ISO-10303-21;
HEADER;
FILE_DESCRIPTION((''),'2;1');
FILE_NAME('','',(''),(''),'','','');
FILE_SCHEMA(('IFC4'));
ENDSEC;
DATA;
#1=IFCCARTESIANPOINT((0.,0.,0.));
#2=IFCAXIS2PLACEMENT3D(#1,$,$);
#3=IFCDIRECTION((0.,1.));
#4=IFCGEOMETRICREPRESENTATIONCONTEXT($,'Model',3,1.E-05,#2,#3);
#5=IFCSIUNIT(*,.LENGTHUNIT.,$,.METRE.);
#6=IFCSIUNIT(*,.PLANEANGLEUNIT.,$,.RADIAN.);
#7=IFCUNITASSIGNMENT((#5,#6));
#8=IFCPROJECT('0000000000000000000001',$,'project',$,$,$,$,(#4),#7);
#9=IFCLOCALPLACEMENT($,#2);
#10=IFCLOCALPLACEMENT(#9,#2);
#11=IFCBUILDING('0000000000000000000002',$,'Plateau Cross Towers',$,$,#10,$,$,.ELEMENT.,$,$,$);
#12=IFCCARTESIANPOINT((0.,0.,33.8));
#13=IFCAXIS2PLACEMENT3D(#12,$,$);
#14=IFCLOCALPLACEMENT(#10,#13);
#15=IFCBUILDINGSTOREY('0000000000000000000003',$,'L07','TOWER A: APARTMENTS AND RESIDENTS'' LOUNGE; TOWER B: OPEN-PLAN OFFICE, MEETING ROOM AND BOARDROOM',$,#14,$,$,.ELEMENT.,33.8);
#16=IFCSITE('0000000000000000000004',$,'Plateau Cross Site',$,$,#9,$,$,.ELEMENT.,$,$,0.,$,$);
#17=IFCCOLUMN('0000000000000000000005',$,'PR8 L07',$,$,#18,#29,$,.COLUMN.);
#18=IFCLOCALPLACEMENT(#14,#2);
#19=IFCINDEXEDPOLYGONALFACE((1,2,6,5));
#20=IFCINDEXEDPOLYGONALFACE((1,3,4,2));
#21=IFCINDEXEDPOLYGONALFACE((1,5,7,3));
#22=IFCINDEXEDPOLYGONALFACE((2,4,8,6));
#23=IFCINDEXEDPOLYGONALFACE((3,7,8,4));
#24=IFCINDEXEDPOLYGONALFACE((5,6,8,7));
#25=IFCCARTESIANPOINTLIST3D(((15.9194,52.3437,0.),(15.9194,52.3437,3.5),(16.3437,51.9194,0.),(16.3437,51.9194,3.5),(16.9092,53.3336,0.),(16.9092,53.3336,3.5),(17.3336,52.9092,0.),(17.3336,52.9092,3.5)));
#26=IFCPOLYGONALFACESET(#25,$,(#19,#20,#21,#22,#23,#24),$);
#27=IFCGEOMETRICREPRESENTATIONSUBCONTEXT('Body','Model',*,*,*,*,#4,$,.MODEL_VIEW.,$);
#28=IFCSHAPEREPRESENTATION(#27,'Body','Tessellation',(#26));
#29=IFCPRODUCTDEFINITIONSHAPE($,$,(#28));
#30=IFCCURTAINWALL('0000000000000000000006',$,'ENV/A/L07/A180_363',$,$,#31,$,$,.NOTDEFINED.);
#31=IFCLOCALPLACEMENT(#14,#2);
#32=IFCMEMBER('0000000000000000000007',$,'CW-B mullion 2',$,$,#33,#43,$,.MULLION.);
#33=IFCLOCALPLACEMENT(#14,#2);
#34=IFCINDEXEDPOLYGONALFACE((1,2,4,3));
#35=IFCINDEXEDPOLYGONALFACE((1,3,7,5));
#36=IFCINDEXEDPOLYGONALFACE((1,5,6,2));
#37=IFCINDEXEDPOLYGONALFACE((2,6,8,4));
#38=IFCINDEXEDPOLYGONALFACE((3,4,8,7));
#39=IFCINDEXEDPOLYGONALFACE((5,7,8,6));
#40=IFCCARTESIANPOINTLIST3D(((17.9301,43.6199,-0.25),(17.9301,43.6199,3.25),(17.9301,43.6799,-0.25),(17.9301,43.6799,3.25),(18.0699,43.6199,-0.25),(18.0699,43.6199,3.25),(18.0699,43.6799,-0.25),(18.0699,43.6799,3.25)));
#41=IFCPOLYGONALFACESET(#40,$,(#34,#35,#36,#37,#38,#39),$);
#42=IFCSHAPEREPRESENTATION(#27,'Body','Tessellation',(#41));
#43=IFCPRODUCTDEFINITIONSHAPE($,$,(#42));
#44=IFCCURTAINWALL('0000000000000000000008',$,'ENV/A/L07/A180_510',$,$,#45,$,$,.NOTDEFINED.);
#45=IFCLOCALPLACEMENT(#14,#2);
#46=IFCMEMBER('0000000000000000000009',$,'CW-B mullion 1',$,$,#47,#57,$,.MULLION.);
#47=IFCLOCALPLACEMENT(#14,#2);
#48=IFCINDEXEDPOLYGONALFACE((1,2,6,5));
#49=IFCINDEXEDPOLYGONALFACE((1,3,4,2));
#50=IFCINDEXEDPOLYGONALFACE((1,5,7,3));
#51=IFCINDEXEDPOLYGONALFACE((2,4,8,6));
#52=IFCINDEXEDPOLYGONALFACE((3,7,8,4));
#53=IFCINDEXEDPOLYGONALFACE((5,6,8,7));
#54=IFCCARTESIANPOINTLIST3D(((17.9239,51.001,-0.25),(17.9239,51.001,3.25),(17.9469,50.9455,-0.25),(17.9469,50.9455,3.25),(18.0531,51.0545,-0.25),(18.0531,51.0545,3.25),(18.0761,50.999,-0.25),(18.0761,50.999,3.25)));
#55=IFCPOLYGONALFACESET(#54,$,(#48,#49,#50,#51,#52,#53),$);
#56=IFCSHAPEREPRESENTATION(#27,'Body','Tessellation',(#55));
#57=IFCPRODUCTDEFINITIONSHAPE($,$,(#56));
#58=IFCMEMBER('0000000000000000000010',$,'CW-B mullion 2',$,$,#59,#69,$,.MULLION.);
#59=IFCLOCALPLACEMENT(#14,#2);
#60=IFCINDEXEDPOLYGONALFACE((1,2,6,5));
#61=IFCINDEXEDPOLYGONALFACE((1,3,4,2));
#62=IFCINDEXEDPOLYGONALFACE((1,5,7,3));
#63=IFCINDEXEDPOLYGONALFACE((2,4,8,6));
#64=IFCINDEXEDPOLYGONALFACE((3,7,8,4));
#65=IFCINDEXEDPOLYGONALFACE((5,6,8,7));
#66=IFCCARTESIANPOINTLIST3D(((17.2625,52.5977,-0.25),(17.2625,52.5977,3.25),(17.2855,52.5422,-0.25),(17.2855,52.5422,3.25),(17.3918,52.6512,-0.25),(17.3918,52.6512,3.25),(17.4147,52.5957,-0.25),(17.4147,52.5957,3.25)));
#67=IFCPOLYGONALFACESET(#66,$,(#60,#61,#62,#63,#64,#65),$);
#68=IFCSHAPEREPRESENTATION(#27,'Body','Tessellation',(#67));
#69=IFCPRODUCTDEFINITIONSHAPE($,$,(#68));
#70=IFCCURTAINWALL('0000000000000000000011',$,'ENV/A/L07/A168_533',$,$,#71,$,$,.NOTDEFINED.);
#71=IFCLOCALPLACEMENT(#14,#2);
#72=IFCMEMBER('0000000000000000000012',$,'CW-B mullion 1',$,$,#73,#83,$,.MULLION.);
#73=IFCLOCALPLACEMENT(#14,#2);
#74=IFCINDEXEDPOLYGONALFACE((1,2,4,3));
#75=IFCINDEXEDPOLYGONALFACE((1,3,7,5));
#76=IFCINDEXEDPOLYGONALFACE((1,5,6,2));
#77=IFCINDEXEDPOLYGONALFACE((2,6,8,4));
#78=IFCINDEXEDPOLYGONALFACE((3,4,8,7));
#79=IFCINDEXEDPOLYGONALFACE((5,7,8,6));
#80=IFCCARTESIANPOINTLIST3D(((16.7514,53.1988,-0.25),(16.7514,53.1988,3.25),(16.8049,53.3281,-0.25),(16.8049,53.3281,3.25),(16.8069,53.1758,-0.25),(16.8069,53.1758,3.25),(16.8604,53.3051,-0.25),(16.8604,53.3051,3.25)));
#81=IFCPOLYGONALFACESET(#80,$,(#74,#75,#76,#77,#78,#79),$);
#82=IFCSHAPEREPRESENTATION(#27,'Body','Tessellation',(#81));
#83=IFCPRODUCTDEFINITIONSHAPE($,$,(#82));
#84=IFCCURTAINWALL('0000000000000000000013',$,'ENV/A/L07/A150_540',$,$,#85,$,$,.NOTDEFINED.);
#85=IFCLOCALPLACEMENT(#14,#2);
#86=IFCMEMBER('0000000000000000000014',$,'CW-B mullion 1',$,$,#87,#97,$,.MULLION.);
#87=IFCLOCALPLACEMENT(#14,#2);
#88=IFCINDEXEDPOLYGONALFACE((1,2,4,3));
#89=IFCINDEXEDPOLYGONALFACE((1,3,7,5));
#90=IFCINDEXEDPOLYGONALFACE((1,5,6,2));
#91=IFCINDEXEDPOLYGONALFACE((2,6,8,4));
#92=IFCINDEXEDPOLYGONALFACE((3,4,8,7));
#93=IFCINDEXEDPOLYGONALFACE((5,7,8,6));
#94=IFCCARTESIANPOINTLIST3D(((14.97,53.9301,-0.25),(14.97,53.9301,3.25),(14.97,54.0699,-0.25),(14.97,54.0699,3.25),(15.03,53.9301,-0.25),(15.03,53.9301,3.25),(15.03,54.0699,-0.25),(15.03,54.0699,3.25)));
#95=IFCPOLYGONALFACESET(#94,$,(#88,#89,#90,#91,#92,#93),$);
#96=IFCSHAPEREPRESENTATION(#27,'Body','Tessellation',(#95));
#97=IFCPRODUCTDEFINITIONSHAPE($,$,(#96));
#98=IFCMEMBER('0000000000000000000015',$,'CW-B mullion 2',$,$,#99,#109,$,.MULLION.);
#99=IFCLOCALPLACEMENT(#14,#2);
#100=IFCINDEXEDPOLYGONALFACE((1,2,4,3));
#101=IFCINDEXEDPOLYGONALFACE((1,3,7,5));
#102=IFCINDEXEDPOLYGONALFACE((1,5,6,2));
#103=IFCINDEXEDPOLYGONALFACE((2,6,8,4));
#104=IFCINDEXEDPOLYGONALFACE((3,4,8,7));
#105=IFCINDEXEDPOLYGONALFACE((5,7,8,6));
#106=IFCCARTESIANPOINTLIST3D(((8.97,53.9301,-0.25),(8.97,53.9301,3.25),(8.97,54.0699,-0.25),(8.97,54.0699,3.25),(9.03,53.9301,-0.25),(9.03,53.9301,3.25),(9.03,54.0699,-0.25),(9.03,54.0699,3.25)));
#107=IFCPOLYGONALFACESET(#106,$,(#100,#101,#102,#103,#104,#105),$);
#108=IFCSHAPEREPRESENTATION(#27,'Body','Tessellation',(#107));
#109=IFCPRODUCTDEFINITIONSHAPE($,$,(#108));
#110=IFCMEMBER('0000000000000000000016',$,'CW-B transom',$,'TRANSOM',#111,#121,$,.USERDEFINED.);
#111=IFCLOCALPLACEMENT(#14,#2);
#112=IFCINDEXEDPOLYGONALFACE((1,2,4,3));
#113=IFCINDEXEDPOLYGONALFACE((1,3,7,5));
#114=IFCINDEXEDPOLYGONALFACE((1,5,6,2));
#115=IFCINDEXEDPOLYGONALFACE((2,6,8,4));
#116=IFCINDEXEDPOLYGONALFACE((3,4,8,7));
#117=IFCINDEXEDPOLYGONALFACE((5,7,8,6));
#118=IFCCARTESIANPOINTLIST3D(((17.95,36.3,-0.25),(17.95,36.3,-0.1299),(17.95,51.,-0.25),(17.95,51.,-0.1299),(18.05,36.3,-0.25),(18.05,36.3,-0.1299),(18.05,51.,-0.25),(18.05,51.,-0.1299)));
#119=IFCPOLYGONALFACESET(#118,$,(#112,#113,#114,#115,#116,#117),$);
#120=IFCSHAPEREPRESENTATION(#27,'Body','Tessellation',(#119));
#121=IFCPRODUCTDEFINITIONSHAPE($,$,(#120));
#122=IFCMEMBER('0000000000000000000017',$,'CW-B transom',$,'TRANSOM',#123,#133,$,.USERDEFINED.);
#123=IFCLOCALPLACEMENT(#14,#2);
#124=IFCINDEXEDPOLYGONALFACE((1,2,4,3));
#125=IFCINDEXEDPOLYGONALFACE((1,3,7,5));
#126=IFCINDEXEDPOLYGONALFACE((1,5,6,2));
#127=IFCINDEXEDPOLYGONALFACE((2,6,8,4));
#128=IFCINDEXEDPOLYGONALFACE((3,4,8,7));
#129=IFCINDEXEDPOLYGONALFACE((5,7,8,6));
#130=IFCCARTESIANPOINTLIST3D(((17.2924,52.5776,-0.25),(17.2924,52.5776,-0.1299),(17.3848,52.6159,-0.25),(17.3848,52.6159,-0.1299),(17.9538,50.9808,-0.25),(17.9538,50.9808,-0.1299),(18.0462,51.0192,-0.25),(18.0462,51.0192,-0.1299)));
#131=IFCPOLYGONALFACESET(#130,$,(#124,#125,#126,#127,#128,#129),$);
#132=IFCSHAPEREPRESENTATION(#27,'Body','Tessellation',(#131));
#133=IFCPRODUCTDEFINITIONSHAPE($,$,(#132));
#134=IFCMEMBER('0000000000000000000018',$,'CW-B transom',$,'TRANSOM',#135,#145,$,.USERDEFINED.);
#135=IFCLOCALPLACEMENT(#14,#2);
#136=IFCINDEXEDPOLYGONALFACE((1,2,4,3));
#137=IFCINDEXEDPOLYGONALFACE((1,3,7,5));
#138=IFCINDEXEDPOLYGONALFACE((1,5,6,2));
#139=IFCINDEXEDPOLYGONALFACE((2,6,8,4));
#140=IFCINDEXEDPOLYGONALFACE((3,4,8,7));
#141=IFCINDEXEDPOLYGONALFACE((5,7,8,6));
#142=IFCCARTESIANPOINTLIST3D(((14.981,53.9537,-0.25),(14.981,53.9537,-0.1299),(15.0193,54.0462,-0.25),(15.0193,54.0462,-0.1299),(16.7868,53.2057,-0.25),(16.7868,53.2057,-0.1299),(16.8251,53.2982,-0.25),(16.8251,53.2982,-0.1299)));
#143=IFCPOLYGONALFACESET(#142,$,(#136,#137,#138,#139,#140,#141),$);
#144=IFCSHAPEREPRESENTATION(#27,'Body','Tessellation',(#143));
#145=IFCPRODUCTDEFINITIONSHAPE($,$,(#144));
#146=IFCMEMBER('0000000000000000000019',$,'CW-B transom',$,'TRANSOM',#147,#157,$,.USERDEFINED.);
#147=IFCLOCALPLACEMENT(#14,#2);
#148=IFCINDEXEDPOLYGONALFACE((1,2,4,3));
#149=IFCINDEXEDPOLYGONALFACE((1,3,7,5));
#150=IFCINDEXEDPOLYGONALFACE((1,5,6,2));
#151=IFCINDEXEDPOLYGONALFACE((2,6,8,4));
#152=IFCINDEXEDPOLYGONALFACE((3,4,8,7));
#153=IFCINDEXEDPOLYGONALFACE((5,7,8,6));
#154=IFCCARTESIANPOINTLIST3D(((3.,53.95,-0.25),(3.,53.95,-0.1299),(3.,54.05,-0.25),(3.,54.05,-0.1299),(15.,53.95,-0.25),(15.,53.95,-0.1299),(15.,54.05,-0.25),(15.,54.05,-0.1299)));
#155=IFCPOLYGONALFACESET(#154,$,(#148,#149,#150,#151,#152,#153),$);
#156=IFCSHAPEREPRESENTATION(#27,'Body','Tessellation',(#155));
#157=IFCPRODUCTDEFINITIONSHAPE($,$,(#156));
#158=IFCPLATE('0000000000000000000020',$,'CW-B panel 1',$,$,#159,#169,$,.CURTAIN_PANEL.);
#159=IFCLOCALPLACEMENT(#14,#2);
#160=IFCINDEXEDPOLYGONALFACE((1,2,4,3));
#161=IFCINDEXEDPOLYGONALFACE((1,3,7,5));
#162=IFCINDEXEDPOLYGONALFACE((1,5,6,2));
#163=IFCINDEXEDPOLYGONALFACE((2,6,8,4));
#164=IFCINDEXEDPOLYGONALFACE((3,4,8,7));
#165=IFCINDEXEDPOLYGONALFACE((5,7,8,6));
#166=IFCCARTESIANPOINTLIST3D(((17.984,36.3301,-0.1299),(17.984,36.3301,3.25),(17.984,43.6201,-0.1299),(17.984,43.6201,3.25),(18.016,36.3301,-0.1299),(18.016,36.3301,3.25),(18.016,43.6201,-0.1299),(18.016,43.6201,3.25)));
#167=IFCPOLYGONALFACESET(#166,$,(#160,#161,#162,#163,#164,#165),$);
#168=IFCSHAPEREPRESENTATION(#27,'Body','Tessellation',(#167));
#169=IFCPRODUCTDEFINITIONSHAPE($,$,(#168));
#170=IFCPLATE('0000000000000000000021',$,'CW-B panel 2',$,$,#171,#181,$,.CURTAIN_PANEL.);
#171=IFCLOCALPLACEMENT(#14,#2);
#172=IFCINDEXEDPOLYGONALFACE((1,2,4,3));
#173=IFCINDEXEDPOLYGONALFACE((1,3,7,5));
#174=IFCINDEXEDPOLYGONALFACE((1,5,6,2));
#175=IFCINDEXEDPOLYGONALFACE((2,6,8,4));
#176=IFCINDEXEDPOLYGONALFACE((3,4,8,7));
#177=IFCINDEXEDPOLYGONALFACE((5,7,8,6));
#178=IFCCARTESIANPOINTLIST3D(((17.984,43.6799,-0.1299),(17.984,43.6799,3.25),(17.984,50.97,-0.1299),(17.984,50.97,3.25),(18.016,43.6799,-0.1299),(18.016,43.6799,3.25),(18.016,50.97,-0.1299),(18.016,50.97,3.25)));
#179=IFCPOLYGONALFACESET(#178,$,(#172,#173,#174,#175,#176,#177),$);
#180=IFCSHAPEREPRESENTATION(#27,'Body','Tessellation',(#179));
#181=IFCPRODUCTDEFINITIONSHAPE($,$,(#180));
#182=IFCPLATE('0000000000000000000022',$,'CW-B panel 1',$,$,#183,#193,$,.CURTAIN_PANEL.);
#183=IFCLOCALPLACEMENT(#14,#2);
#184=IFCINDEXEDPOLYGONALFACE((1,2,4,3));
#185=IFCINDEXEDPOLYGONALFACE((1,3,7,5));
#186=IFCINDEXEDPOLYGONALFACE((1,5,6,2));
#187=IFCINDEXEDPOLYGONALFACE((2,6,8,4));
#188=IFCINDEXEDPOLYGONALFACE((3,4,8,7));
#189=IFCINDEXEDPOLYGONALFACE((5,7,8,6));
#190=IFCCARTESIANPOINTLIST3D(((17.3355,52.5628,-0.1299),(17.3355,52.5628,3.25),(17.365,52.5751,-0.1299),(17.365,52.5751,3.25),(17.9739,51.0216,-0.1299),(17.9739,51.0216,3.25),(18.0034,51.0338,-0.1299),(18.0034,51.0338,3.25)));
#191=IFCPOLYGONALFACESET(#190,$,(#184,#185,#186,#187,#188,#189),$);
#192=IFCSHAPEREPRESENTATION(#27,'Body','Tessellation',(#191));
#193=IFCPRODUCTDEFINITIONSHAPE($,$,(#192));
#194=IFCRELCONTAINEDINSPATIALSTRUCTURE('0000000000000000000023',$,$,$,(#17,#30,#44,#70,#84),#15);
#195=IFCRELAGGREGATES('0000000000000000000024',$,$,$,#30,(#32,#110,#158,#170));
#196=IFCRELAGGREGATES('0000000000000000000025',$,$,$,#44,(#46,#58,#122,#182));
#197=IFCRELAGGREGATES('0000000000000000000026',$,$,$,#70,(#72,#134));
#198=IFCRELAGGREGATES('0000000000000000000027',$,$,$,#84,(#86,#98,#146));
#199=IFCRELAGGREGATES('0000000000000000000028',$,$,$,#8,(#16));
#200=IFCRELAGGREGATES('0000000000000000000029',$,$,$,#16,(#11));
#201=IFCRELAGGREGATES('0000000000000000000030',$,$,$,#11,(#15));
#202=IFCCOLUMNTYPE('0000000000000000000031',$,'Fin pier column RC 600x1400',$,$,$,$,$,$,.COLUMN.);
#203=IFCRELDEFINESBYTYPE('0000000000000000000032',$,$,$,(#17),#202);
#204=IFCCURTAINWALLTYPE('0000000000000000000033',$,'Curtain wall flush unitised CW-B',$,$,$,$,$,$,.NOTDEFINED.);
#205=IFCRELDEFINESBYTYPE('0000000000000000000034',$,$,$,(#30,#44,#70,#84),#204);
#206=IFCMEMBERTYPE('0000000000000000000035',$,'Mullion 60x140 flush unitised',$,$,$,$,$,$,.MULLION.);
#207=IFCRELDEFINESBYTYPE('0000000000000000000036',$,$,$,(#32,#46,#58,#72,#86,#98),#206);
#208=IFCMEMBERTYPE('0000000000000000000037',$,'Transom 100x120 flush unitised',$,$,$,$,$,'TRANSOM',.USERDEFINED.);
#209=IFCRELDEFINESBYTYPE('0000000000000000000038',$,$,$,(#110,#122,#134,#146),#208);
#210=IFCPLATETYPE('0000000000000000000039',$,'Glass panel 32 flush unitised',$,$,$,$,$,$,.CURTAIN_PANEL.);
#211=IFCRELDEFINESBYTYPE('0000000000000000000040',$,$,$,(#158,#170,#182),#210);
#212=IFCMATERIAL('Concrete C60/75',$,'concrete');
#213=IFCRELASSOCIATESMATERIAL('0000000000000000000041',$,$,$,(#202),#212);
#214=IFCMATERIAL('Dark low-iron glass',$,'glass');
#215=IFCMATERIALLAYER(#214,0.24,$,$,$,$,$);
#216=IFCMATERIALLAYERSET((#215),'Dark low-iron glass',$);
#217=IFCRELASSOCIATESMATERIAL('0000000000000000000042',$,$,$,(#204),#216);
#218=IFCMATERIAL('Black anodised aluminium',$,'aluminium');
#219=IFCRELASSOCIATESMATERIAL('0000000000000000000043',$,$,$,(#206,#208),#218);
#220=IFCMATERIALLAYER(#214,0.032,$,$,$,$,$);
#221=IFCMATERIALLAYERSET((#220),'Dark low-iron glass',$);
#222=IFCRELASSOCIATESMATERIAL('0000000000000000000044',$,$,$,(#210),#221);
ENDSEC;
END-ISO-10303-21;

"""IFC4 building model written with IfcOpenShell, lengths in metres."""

from ifc_helpers import new_model, si_unit, direction, frame, origin, origin_2d, place, context, subcontext, project, spatial, rectangle, extrude, material, layer, layer_set, material_profile, profile_set, type_object, element, aggregate, save


model = new_model("IFC4")

# Units and contexts
model_context = context("Model", 3, precision=1e-05, world=origin(), true_north=direction((0.0, 1.0)))
body_context = subcontext(model_context, "Body", "Model", "MODEL_VIEW")
ifc_project = project(units=[si_unit("LENGTHUNIT", "METRE"), si_unit("PLANEANGLEUNIT", "RADIAN")], contexts=[model_context])

# Site, building, storey
site_placement = place(None, origin())
site = spatial("IfcSite", under=ifc_project, at=site_placement, Name="Plateau Cross Site", CompositionType="ELEMENT", RefElevation=0.0)
building_placement = place(site_placement, origin())
building = spatial("IfcBuilding", under=site, at=building_placement, Name="Plateau Cross Towers", CompositionType="ELEMENT")
storey_placement = place(building_placement, frame((0.0, 0.0, 33.8)))
storey = spatial("IfcBuildingStorey", under=building, at=storey_placement, Name="L07", Description="TOWER A: APARTMENTS AND RESIDENTS' LOUNGE; TOWER B: OPEN-PLAN OFFICE, MEETING ROOM AND BOARDROOM", CompositionType="ELEMENT", Elevation=33.8)

# Column
ifc_material_1 = material(Name="Concrete C60/75", Category="concrete")
ifc_material_profile_1 = material_profile(ifc_material_1, rectangle(XDim=0.6001, YDim=1.3999, at=origin_2d()), Name="RC 600x1400")
ifc_profile_set_1 = profile_set([ifc_material_profile_1], Name="Concrete C60/75")
column_type = type_object("IfcColumnType", Name="Fin pier column RC 600x1400", PredefinedType="COLUMN", material=ifc_profile_set_1)
column_placement = place(storey_placement, frame((16.6265, 52.6265, 0.0), z_axis=(0.0, 0.0, 1.0), x_axis=(-0.707107, 0.707107, 0.0)))
element("IfcColumn", 1, at=column_placement, inside=storey, type_object=column_type, Name="PR8 L07", PredefinedType="COLUMN", context=body_context, shape_type="SweptSolid", body=[
    extrude(rectangle(XDim=0.6001, YDim=1.3999, at=origin_2d()), origin(), (0.0, 0.0, 1.0), 3.5),
])

# Curtain wall, member
ifc_material_2 = material(Name="Dark low-iron glass", Category="glass")
ifc_layer_1 = layer(ifc_material_2, 0.24)
ifc_layer_set_1 = layer_set([ifc_layer_1], Name="Dark low-iron glass")
curtain_wall_type = type_object("IfcCurtainWallType", Name="Curtain wall flush unitised CW-B", PredefinedType="NOTDEFINED", material=ifc_layer_set_1)
curtain_wall_1_placement = place(storey_placement, origin())
curtain_wall_1 = element("IfcCurtainWall", 2, at=curtain_wall_1_placement, inside=storey, type_object=curtain_wall_type, Name="ENV/A/L07/A180_363", PredefinedType="NOTDEFINED")
ifc_material_3 = material(Name="Black anodised aluminium", Category="aluminium")
ifc_material_profile_2 = material_profile(ifc_material_3, rectangle(XDim=0.0601, YDim=0.1399, at=origin_2d()), Name="MULLION 60x140")
ifc_profile_set_2 = profile_set([ifc_material_profile_2], Name="Black anodised aluminium")
member_type_1 = type_object("IfcMemberType", Name="Mullion 60x140 flush unitised", PredefinedType="MULLION", material=ifc_profile_set_2)
member_1_placement = place(storey_placement, frame((18.0, 43.6499, -0.25), z_axis=(0.0, 0.0, 1.0), x_axis=(0.0, 1.0, 0.0)))
member_1 = element("IfcMember", 3, at=member_1_placement, type_object=member_type_1, Name="CW-B mullion 2", PredefinedType="MULLION", context=body_context, shape_type="SweptSolid", body=[
    extrude(rectangle(XDim=0.0601, YDim=0.1399, at=origin_2d()), origin(), (0.0, 0.0, 1.0), 3.5),
])

# Curtain wall, members
curtain_wall_2_placement = place(storey_placement, origin())
curtain_wall_2 = element("IfcCurtainWall", 4, at=curtain_wall_2_placement, inside=storey, type_object=curtain_wall_type, Name="ENV/A/L07/A180_510", PredefinedType="NOTDEFINED")
member_2_placement = place(storey_placement, frame((18.0, 51.0, -0.25), z_axis=(0.0, 0.0, 1.0), x_axis=(-0.382684, 0.923879, 0.0)))
member_2 = element("IfcMember", 5, at=member_2_placement, type_object=member_type_1, Name="CW-B mullion 1", PredefinedType="MULLION", context=body_context, shape_type="SweptSolid", body=[
    extrude(rectangle(XDim=0.0601, YDim=0.1399, at=origin_2d()), origin(), (0.0, 0.0, 1.0), 3.5),
])
member_3_placement = place(storey_placement, frame((17.3386, 52.5967, -0.25), z_axis=(0.0, 0.0, 1.0), x_axis=(-0.382684, 0.923879, 0.0)))
member_3 = element("IfcMember", 6, at=member_3_placement, type_object=member_type_1, Name="CW-B mullion 2", PredefinedType="MULLION", context=body_context, shape_type="SweptSolid", body=[
    extrude(rectangle(XDim=0.0601, YDim=0.1399, at=origin_2d()), origin(), (0.0, 0.0, 1.0), 3.5),
])

# Curtain wall, member
curtain_wall_3_placement = place(storey_placement, origin())
curtain_wall_3 = element("IfcCurtainWall", 7, at=curtain_wall_3_placement, inside=storey, type_object=curtain_wall_type, Name="ENV/A/L07/A168_533", PredefinedType="NOTDEFINED")
member_4_placement = place(storey_placement, frame((16.8059, 53.252, -0.25), z_axis=(0.0, 0.0, 1.0), x_axis=(-0.923879, 0.382684, 0.0)))
member_4 = element("IfcMember", 8, at=member_4_placement, type_object=member_type_1, Name="CW-B mullion 1", PredefinedType="MULLION", context=body_context, shape_type="SweptSolid", body=[
    extrude(rectangle(XDim=0.0601, YDim=0.1399, at=origin_2d()), origin(), (0.0, 0.0, 1.0), 3.5),
])

# Curtain wall, members
curtain_wall_4_placement = place(storey_placement, origin())
curtain_wall_4 = element("IfcCurtainWall", 9, at=curtain_wall_4_placement, inside=storey, type_object=curtain_wall_type, Name="ENV/A/L07/A150_540", PredefinedType="NOTDEFINED")
member_5_placement = place(storey_placement, frame((15.0, 54.0, -0.25), z_axis=(0.0, 0.0, 1.0), x_axis=(-1.0, 0.0, 0.0)))
member_5 = element("IfcMember", 10, at=member_5_placement, type_object=member_type_1, Name="CW-B mullion 1", PredefinedType="MULLION", context=body_context, shape_type="SweptSolid", body=[
    extrude(rectangle(XDim=0.0601, YDim=0.1399, at=origin_2d()), origin(), (0.0, 0.0, 1.0), 3.5),
])
member_6_placement = place(storey_placement, frame((9.0, 54.0, -0.25), z_axis=(0.0, 0.0, 1.0), x_axis=(-1.0, 0.0, 0.0)))
member_6 = element("IfcMember", 11, at=member_6_placement, type_object=member_type_1, Name="CW-B mullion 2", PredefinedType="MULLION", context=body_context, shape_type="SweptSolid", body=[
    extrude(rectangle(XDim=0.0601, YDim=0.1399, at=origin_2d()), origin(), (0.0, 0.0, 1.0), 3.5),
])

# Members
ifc_material_profile_3 = material_profile(ifc_material_3, rectangle(XDim=0.1001, YDim=0.1201, at=origin_2d()), Name="TRANSOM 100x120")
ifc_profile_set_3 = profile_set([ifc_material_profile_3], Name="Black anodised aluminium")
member_type_2 = type_object("IfcMemberType", Name="Transom 100x120 flush unitised", ElementType="TRANSOM", PredefinedType="USERDEFINED", material=ifc_profile_set_3)
member_7_placement = place(storey_placement, frame((18.0, 36.3, -0.1899), z_axis=(0.0, 1.0, 0.0), x_axis=(-1.0, 0.0, 0.0)))
member_7 = element("IfcMember", 12, at=member_7_placement, type_object=member_type_2, Name="CW-B transom", ObjectType="TRANSOM", PredefinedType="USERDEFINED", context=body_context, shape_type="SweptSolid", body=[
    extrude(rectangle(XDim=0.1001, YDim=0.1201, at=origin_2d()), origin(), (0.0, 0.0, 1.0), 14.7),
])
member_8_placement = place(storey_placement, frame((18.0, 51.0, -0.1899), z_axis=(-0.382689, 0.923877, 0.0), x_axis=(-0.923877, -0.382689, 0.0)))
member_8 = element("IfcMember", 13, at=member_8_placement, type_object=member_type_2, Name="CW-B transom", ObjectType="TRANSOM", PredefinedType="USERDEFINED", context=body_context, shape_type="SweptSolid", body=[
    extrude(rectangle(XDim=0.1001, YDim=0.1201, at=origin_2d()), origin(), (0.0, 0.0, 1.0), 1.7283),
])
member_9_placement = place(storey_placement, frame((16.8059, 53.252, -0.1899), z_axis=(-0.923877, 0.38269, 0.0), x_axis=(-0.38269, -0.923877, 0.0)))
member_9 = element("IfcMember", 14, at=member_9_placement, type_object=member_type_2, Name="CW-B transom", ObjectType="TRANSOM", PredefinedType="USERDEFINED", context=body_context, shape_type="SweptSolid", body=[
    extrude(rectangle(XDim=0.1001, YDim=0.1201, at=origin_2d()), origin(), (0.0, 0.0, 1.0), 1.9546),
])
member_10_placement = place(storey_placement, frame((15.0, 54.0, -0.1899), z_axis=(-1.0, 0.0, 0.0), x_axis=(0.0, -1.0, 0.0)))
member_10 = element("IfcMember", 15, at=member_10_placement, type_object=member_type_2, Name="CW-B transom", ObjectType="TRANSOM", PredefinedType="USERDEFINED", context=body_context, shape_type="SweptSolid", body=[
    extrude(rectangle(XDim=0.1001, YDim=0.1201, at=origin_2d()), origin(), (0.0, 0.0, 1.0), 12.0),
])

# Plates
ifc_layer_2 = layer(ifc_material_2, 0.032)
ifc_layer_set_2 = layer_set([ifc_layer_2], Name="Dark low-iron glass")
plate_type = type_object("IfcPlateType", Name="Glass panel 32 flush unitised", PredefinedType="CURTAIN_PANEL", material=ifc_layer_set_2)
plate_1_placement = place(storey_placement, frame((18.0, 39.9751, -0.1299), z_axis=(0.0, 0.0, 1.0), x_axis=(0.0, 1.0, 0.0)))
plate_1 = element("IfcPlate", 16, at=plate_1_placement, type_object=plate_type, Name="CW-B panel 1", PredefinedType="CURTAIN_PANEL", context=body_context, shape_type="SweptSolid", body=[
    extrude(rectangle(XDim=7.29, YDim=0.032, at=origin_2d()), origin(), (0.0, 0.0, 1.0), 3.3799),
])
plate_2_placement = place(storey_placement, frame((18.0, 47.325, -0.1299), z_axis=(0.0, 0.0, 1.0), x_axis=(0.0, 1.0, 0.0)))
plate_2 = element("IfcPlate", 17, at=plate_2_placement, type_object=plate_type, Name="CW-B panel 2", PredefinedType="CURTAIN_PANEL", context=body_context, shape_type="SweptSolid", body=[
    extrude(rectangle(XDim=7.29, YDim=0.032, at=origin_2d()), origin(), (0.0, 0.0, 1.0), 3.3799),
])
aggregate(curtain_wall_1, [member_1, member_7, plate_1, plate_2])
plate_3_placement = place(storey_placement, frame((17.6694, 51.7983, -0.1299), z_axis=(0.0, 0.0, 1.0), x_axis=(-0.382684, 0.923879, 0.0)))
plate_3 = element("IfcPlate", 18, at=plate_3_placement, type_object=plate_type, Name="CW-B panel 1", PredefinedType="CURTAIN_PANEL", context=body_context, shape_type="SweptSolid", body=[
    extrude(rectangle(XDim=1.6682, YDim=0.032, at=origin_2d()), origin(), (0.0, 0.0, 1.0), 3.3799),
])
aggregate(curtain_wall_2, [member_2, member_3, member_8, plate_3])
aggregate(curtain_wall_3, [member_4, member_9])
aggregate(curtain_wall_4, [member_5, member_6, member_10])

save(model, "model.ifc")
